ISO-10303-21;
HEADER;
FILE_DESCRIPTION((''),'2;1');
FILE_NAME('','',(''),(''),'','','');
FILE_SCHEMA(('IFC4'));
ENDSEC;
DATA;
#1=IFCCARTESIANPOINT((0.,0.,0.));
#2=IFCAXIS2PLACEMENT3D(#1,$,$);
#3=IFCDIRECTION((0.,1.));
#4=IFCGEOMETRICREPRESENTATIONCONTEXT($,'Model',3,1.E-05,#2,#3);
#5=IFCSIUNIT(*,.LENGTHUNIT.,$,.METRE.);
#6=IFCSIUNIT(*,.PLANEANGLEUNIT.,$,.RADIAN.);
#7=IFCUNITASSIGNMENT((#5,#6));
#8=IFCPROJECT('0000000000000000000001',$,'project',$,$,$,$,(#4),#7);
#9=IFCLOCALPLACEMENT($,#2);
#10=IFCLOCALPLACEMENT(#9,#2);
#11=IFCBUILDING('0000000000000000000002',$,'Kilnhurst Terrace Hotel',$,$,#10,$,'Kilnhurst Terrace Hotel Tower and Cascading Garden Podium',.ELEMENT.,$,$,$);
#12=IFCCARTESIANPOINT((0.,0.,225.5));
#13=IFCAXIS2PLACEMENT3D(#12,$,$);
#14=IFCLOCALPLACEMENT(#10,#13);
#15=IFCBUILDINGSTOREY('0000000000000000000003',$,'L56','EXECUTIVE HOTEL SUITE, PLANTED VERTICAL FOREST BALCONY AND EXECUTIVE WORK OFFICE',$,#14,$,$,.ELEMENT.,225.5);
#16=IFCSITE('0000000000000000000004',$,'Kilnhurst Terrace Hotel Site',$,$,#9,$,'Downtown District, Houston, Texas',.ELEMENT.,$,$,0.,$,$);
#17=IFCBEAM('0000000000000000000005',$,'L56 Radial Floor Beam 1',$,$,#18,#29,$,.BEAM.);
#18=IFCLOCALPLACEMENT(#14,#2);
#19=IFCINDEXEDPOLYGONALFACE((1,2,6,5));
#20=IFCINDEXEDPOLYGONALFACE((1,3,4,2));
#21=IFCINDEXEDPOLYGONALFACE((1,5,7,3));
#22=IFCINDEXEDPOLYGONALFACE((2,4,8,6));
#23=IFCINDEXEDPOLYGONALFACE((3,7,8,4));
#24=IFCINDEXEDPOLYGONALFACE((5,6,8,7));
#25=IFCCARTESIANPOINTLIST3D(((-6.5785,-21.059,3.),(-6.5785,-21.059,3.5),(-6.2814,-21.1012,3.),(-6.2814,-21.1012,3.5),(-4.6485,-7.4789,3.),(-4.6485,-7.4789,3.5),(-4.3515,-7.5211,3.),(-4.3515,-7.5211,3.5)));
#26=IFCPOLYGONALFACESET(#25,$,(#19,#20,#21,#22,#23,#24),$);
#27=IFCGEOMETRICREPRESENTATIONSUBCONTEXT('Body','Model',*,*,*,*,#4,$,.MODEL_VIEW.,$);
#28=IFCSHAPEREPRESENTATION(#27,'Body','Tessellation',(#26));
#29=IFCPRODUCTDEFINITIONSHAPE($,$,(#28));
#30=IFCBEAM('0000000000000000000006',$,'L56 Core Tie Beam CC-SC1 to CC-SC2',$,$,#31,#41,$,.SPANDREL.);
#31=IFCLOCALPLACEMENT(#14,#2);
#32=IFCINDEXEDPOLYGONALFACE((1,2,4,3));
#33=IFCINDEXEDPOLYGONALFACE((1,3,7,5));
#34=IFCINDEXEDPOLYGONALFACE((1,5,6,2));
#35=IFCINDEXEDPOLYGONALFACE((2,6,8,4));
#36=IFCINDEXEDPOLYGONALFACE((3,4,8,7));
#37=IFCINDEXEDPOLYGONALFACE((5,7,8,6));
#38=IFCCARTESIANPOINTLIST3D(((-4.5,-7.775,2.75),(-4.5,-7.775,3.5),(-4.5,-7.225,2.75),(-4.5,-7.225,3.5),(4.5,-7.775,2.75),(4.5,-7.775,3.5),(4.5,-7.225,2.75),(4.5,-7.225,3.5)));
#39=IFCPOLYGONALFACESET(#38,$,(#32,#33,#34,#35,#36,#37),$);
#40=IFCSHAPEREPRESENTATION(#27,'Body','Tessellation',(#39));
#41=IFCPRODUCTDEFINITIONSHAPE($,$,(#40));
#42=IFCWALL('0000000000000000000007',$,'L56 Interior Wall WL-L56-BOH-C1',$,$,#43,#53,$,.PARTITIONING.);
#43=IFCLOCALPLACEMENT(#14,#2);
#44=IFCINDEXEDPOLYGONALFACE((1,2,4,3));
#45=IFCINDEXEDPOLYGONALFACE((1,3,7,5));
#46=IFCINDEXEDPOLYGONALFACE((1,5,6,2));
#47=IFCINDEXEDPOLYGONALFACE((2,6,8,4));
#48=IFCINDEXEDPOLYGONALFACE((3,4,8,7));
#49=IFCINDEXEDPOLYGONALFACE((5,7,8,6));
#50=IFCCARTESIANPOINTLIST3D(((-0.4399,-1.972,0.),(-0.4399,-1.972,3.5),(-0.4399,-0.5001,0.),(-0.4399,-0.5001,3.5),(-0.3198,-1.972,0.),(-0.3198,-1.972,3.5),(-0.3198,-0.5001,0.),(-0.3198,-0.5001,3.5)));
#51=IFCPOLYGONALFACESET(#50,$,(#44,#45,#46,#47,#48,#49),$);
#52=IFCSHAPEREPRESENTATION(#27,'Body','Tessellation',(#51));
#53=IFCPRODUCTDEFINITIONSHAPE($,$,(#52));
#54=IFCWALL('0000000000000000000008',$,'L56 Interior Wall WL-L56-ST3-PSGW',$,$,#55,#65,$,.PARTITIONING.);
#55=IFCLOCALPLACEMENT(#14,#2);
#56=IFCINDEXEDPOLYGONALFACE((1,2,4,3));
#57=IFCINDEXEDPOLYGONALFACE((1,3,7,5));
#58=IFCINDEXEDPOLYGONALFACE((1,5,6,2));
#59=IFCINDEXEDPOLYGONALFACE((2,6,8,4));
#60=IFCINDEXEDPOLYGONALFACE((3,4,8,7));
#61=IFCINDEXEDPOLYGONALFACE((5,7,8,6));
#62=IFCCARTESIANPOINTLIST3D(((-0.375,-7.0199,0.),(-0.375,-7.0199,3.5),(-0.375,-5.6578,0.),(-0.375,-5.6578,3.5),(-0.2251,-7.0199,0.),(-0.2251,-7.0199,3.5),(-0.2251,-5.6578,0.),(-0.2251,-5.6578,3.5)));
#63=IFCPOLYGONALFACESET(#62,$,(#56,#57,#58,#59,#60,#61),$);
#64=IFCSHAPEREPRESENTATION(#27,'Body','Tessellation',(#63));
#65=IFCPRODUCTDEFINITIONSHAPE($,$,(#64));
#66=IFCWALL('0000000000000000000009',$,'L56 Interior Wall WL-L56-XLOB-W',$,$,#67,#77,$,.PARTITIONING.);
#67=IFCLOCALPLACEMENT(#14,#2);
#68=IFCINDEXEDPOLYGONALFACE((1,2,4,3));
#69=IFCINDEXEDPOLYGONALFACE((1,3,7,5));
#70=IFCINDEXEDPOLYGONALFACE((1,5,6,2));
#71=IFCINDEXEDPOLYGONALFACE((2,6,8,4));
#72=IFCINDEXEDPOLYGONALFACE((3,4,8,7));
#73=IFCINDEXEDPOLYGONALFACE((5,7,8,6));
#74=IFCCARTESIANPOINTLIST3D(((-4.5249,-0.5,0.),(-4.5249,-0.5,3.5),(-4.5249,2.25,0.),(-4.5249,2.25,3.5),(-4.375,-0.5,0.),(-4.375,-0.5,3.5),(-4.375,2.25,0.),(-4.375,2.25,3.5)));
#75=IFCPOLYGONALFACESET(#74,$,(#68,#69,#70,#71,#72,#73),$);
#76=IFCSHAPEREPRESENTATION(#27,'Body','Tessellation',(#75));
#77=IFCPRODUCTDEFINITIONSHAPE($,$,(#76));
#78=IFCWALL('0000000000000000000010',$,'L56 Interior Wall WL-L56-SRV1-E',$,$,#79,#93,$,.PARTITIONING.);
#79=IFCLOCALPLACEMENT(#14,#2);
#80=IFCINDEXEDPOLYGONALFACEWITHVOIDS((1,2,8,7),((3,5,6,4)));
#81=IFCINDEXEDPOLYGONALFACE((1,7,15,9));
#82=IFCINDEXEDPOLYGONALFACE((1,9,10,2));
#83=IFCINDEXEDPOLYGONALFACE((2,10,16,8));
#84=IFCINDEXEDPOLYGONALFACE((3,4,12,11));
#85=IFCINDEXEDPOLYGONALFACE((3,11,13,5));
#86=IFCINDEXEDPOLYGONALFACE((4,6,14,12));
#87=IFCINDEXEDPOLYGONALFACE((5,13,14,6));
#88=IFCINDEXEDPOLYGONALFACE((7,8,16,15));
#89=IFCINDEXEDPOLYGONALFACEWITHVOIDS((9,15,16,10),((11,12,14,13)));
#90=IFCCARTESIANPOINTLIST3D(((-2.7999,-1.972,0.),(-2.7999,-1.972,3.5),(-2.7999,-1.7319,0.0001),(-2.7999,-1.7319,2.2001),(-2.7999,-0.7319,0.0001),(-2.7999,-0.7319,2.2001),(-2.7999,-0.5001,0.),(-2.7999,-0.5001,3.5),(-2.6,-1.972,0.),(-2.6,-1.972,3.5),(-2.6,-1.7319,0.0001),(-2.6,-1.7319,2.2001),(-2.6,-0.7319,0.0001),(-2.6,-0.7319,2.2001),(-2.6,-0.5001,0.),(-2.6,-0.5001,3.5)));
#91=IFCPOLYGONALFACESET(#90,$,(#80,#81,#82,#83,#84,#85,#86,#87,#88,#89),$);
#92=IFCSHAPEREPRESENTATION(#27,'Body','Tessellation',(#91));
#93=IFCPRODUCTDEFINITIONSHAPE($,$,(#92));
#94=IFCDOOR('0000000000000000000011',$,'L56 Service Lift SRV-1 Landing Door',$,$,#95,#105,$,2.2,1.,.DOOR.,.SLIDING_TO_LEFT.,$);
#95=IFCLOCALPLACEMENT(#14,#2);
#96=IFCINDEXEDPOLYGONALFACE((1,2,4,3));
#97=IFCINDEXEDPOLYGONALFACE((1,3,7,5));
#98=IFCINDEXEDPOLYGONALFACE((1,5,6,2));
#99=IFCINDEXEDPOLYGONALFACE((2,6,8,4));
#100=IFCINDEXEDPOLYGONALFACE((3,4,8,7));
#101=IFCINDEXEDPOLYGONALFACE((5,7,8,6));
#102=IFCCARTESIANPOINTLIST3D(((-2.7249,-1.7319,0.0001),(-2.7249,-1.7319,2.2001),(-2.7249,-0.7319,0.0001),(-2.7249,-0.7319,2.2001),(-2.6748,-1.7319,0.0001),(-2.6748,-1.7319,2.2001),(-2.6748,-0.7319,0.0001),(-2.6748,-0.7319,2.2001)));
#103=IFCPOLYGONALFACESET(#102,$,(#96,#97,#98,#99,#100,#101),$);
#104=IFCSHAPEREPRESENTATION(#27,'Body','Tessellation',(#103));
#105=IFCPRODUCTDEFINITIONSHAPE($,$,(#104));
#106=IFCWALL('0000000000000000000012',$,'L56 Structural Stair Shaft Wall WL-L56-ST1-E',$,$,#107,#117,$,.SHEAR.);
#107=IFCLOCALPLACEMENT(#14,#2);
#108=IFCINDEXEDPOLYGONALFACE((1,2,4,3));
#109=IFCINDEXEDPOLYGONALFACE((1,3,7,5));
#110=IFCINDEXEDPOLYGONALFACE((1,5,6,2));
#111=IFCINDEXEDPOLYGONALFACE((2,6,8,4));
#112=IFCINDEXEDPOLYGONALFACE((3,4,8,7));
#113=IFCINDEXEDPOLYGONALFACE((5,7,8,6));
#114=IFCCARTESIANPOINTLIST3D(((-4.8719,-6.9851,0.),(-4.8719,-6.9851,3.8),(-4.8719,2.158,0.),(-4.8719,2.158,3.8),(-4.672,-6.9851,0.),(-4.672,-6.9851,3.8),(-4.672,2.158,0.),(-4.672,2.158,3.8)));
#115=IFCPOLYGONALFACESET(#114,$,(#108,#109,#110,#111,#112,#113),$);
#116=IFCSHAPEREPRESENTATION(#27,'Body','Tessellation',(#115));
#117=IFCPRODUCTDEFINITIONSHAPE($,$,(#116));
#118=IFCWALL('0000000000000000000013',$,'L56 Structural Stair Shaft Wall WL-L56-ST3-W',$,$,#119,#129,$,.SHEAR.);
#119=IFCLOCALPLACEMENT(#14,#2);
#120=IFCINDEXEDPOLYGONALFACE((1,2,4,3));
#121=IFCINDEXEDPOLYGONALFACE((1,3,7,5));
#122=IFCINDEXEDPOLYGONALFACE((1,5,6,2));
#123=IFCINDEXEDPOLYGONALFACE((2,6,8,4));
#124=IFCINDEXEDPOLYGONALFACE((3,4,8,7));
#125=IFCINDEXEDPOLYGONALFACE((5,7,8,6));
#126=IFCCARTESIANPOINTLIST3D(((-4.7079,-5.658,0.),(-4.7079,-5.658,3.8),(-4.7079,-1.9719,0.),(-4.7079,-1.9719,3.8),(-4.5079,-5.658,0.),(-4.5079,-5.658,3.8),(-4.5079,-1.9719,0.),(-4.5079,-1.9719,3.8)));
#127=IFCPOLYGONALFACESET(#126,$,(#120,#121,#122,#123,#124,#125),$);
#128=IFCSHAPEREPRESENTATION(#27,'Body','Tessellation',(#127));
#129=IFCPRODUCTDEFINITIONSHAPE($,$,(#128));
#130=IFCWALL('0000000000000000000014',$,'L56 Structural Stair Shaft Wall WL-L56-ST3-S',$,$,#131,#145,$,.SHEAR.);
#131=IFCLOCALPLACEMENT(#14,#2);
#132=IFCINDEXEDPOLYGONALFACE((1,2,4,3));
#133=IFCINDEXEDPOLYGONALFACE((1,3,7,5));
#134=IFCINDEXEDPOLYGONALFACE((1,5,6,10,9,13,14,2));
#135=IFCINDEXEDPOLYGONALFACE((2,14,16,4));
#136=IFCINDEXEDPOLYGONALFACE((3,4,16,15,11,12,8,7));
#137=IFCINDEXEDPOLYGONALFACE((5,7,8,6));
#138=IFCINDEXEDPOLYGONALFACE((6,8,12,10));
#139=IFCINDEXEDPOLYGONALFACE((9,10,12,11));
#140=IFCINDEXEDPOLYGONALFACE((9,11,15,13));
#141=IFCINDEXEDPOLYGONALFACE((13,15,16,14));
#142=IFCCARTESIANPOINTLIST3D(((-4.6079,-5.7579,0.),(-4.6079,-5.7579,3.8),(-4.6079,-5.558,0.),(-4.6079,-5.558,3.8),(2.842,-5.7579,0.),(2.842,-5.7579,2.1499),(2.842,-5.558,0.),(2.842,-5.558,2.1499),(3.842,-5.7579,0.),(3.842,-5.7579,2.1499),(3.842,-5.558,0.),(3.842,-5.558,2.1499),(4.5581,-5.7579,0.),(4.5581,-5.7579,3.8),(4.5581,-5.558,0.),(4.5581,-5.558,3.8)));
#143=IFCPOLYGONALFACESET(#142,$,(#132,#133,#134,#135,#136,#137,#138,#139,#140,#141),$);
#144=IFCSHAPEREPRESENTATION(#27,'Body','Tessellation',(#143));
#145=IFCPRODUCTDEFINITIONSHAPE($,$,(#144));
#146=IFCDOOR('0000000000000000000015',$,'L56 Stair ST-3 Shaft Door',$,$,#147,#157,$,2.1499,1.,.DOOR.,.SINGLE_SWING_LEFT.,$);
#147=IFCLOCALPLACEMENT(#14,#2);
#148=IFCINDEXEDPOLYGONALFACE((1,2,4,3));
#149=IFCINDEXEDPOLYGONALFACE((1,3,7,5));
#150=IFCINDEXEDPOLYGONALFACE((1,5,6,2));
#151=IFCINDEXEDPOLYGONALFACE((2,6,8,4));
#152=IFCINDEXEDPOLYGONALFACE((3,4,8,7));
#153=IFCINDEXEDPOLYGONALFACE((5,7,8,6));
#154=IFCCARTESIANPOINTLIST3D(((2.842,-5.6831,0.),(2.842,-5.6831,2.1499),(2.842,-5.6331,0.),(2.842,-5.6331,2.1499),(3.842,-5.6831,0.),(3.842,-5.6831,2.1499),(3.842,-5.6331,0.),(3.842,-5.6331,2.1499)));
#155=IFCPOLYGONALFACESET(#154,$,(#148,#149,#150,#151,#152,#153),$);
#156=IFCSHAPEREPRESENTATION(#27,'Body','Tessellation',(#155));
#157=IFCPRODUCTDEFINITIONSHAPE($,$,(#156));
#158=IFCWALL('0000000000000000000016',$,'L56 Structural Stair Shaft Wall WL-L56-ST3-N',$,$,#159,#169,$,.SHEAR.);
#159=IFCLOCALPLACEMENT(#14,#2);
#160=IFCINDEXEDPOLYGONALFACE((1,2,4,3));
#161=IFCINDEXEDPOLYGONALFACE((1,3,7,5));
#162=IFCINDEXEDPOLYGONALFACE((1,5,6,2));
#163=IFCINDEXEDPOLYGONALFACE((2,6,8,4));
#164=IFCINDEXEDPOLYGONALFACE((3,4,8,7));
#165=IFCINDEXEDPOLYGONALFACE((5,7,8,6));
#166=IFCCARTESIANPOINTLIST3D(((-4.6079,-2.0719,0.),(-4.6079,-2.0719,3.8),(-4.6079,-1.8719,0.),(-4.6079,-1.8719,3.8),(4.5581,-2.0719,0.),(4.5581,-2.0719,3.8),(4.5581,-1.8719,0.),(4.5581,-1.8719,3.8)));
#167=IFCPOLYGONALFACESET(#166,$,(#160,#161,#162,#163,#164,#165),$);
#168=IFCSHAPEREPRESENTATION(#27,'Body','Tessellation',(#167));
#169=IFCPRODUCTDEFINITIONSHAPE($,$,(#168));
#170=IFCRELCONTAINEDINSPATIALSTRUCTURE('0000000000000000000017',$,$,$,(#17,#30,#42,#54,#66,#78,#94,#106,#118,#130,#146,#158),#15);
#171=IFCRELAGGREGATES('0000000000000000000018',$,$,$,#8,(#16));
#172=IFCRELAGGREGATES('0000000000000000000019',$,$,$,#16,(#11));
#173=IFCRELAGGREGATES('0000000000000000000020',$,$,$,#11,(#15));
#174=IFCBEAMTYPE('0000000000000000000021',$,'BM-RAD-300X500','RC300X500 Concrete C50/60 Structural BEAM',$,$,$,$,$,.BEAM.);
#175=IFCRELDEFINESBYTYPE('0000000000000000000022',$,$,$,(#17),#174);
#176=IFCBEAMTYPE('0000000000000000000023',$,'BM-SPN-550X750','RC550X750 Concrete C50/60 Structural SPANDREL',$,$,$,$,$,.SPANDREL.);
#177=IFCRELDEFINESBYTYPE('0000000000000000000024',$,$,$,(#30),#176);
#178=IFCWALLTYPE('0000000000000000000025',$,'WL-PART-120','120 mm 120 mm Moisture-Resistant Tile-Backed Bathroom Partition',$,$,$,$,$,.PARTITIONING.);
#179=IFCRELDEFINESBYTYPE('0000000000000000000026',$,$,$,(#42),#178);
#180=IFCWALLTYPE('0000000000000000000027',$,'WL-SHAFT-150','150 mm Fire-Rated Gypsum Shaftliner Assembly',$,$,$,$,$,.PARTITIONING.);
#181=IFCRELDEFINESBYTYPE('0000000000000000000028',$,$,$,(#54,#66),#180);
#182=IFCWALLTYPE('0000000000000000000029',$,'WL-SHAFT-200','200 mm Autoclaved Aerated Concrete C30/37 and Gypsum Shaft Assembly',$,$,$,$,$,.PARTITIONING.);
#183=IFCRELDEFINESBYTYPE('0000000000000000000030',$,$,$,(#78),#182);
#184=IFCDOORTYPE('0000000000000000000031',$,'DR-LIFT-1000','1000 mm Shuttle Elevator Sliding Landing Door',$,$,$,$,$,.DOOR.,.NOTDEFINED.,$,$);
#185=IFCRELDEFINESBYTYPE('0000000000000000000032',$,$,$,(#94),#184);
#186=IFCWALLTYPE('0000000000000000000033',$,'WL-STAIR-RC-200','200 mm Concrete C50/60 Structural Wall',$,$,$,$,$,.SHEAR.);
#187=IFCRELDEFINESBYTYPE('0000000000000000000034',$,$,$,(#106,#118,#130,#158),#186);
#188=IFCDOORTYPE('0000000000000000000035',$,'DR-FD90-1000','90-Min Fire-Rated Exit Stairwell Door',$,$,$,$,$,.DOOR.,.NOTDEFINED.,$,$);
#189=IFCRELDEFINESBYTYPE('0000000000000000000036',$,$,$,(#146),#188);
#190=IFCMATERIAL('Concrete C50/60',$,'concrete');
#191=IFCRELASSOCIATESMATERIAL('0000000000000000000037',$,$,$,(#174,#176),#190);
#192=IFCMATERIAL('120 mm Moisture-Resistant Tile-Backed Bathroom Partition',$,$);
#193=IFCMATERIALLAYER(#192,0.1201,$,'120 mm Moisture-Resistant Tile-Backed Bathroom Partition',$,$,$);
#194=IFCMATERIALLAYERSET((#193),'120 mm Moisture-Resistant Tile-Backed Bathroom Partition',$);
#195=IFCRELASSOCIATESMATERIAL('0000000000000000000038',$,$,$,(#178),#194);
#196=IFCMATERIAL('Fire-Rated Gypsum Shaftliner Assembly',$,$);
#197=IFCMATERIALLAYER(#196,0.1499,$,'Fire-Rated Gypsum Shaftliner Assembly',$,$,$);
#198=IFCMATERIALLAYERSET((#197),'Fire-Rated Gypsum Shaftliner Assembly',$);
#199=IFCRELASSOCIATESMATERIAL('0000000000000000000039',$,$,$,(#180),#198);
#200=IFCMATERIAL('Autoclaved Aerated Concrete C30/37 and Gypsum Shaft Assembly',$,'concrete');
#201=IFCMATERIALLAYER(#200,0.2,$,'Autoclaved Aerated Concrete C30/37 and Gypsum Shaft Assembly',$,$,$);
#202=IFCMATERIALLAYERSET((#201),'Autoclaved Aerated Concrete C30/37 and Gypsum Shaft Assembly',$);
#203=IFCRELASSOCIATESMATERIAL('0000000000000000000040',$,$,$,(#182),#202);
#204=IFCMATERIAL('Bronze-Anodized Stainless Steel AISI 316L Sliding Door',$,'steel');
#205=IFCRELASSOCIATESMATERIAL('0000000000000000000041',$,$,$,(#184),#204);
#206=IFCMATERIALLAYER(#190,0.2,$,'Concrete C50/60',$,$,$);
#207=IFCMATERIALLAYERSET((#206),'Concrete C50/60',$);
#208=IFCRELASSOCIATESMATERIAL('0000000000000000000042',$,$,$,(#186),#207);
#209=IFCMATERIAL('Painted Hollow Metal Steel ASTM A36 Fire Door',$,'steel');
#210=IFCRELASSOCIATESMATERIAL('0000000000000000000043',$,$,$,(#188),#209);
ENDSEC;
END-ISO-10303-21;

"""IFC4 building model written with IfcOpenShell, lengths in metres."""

from ifc_helpers import new_model, si_unit, direction, frame, frame_2d, origin, origin_2d, place, context, subcontext, project, spatial, rectangle, extrude, material, layer, layer_set, material_profile, profile_set, type_object, element, fill, save


model = new_model("IFC4")

# Units and contexts
model_context = context("Model", 3, precision=1e-05, world=origin(), true_north=direction((0.0, 1.0)))
body_context = subcontext(model_context, "Body", "Model", "MODEL_VIEW")
ifc_project = project(units=[si_unit("LENGTHUNIT", "METRE"), si_unit("PLANEANGLEUNIT", "RADIAN")], contexts=[model_context])

# Site, building, storey
site_placement = place(None, origin())
site = spatial("IfcSite", under=ifc_project, at=site_placement, Name="Kilnhurst Terrace Hotel Site", LongName="Downtown District, Houston, Texas", CompositionType="ELEMENT", RefElevation=0.0)
building_placement = place(site_placement, origin())
building = spatial("IfcBuilding", under=site, at=building_placement, Name="Kilnhurst Terrace Hotel", LongName="Kilnhurst Terrace Hotel Tower and Cascading Garden Podium", CompositionType="ELEMENT")
storey_placement = place(building_placement, frame((0.0, 0.0, 225.5)))
storey = spatial("IfcBuildingStorey", under=building, at=storey_placement, Name="L56", Description="EXECUTIVE HOTEL SUITE, PLANTED VERTICAL FOREST BALCONY AND EXECUTIVE WORK OFFICE", CompositionType="ELEMENT", Elevation=225.5)

# Beams
ifc_material_1 = material(Name="Concrete C50/60", Category="concrete")
ifc_material_profile_1 = material_profile(ifc_material_1, rectangle(XDim=0.3, YDim=0.5, at=origin_2d()), Name="RC300X500")
ifc_profile_set_1 = profile_set([ifc_material_profile_1], Name="Concrete C50/60")
beam_type_1 = type_object("IfcBeamType", Name="BM-RAD-300X500", Description="RC300X500 Concrete C50/60 Structural BEAM", PredefinedType="BEAM", material=ifc_profile_set_1)
beam_1_placement = place(storey_placement, frame((-4.5, -7.5, 3.25), z_axis=(-0.140701, -0.990052, 0.0), x_axis=(0.990052, -0.140701, 0.0)))
element("IfcBeam", 1, at=beam_1_placement, inside=storey, type_object=beam_type_1, Name="L56 Radial Floor Beam 1", PredefinedType="BEAM", context=body_context, shape_type="SweptSolid", body=[
    extrude(rectangle(XDim=0.3, YDim=0.5, at=origin_2d()), origin(), (0.0, 0.0, 1.0), 13.7166),
])
ifc_material_profile_2 = material_profile(ifc_material_1, rectangle(XDim=0.55, YDim=0.75, at=origin_2d()), Name="RC550X750")
ifc_profile_set_2 = profile_set([ifc_material_profile_2], Name="Concrete C50/60")
beam_type_2 = type_object("IfcBeamType", Name="BM-SPN-550X750", Description="RC550X750 Concrete C50/60 Structural SPANDREL", PredefinedType="SPANDREL", material=ifc_profile_set_2)
beam_2_placement = place(storey_placement, frame((-4.5, -7.5, 3.125), z_axis=(1.0, 0.0, 0.0), x_axis=(0.0, 1.0, 0.0)))
element("IfcBeam", 2, at=beam_2_placement, inside=storey, type_object=beam_type_2, Name="L56 Core Tie Beam CC-SC1 to CC-SC2", PredefinedType="SPANDREL", context=body_context, shape_type="SweptSolid", body=[
    extrude(rectangle(XDim=0.55, YDim=0.75, at=origin_2d()), origin(), (0.0, 0.0, 1.0), 9.0),
])

# Walls
ifc_material_2 = material(Name="120 mm Moisture-Resistant Tile-Backed Bathroom Partition")
ifc_layer_1 = layer(ifc_material_2, 0.1201, Name="120 mm Moisture-Resistant Tile-Backed Bathroom Partition")
ifc_layer_set_1 = layer_set([ifc_layer_1], Name="120 mm Moisture-Resistant Tile-Backed Bathroom Partition")
wall_type_1 = type_object("IfcWallType", Name="WL-PART-120", Description="120 mm 120 mm Moisture-Resistant Tile-Backed Bathroom Partition", PredefinedType="PARTITIONING", material=ifc_layer_set_1)
wall_1_placement = place(storey_placement, frame((-0.3799, -1.9719, 0.0), z_axis=(0.0, 0.0, 1.0), x_axis=(0.0, 1.0, 0.0)))
element("IfcWall", 3, at=wall_1_placement, inside=storey, type_object=wall_type_1, Name="L56 Interior Wall WL-L56-BOH-C1", PredefinedType="PARTITIONING", context=body_context, shape_type="SweptSolid", body=[
    extrude(rectangle(XDim=1.4719, YDim=0.1201, at=frame_2d((0.7358, 0.0))), origin(), (0.0, 0.0, 1.0), 3.5),
])
ifc_material_3 = material(Name="Fire-Rated Gypsum Shaftliner Assembly")
ifc_layer_2 = layer(ifc_material_3, 0.1499, Name="Fire-Rated Gypsum Shaftliner Assembly")
ifc_layer_set_2 = layer_set([ifc_layer_2], Name="Fire-Rated Gypsum Shaftliner Assembly")
wall_type_2 = type_object("IfcWallType", Name="WL-SHAFT-150", Description="150 mm Fire-Rated Gypsum Shaftliner Assembly", PredefinedType="PARTITIONING", material=ifc_layer_set_2)
wall_2_placement = place(storey_placement, frame((-0.3, -7.02, 0.0), z_axis=(0.0, 0.0, 1.0), x_axis=(0.0, 1.0, 0.0)))
element("IfcWall", 4, at=wall_2_placement, inside=storey, type_object=wall_type_2, Name="L56 Interior Wall WL-L56-ST3-PSGW", PredefinedType="PARTITIONING", context=body_context, shape_type="SweptSolid", body=[
    extrude(rectangle(XDim=1.3621, YDim=0.1499, at=frame_2d((0.6812, 0.0))), origin(), (0.0, 0.0, 1.0), 3.5),
])
wall_3_placement = place(storey_placement, frame((-4.45, -0.5, 0.0), z_axis=(0.0, 0.0, 1.0), x_axis=(0.0, 1.0, 0.0)))
element("IfcWall", 5, at=wall_3_placement, inside=storey, type_object=wall_type_2, Name="L56 Interior Wall WL-L56-XLOB-W", PredefinedType="PARTITIONING", context=body_context, shape_type="SweptSolid", body=[
    extrude(rectangle(XDim=2.75, YDim=0.1499, at=frame_2d((1.375, 0.0))), origin(), (0.0, 0.0, 1.0), 3.5),
])

# Wall, opening, door
ifc_material_4 = material(Name="Autoclaved Aerated Concrete C30/37 and Gypsum Shaft Assembly", Category="concrete")
ifc_layer_3 = layer(ifc_material_4, 0.2, Name="Autoclaved Aerated Concrete C30/37 and Gypsum Shaft Assembly")
ifc_layer_set_3 = layer_set([ifc_layer_3], Name="Autoclaved Aerated Concrete C30/37 and Gypsum Shaft Assembly")
wall_type_3 = type_object("IfcWallType", Name="WL-SHAFT-200", Description="200 mm Autoclaved Aerated Concrete C30/37 and Gypsum Shaft Assembly", PredefinedType="PARTITIONING", material=ifc_layer_set_3)
wall_4_placement = place(storey_placement, frame((-2.7, -1.9719, 0.0), z_axis=(0.0, 0.0, 1.0), x_axis=(0.0, 1.0, 0.0)))
wall_4 = element("IfcWall", 6, at=wall_4_placement, inside=storey, type_object=wall_type_3, Name="L56 Interior Wall WL-L56-SRV1-E", PredefinedType="PARTITIONING", context=body_context, shape_type="SweptSolid", body=[
    extrude(rectangle(XDim=1.4719, YDim=0.2, at=frame_2d((0.7358, 0.0))), origin(), (0.0, 0.0, 1.0), 3.5),
])
opening_1_placement = place(wall_4_placement, frame((0.24, 0.0, 0.0)))
opening_1 = element("IfcOpeningElement", 7, at=opening_1_placement, cuts=wall_4, PredefinedType="OPENING", context=body_context, shape_type="SweptSolid", body=[
    extrude(rectangle(XDim=1.0, YDim=2.2, at=frame_2d((0.5, 1.1001))), frame((0.0, 0.1099, 0.0), z_axis=(0.0, -1.0, 0.0), x_axis=(1.0, 0.0, 0.0)), (0.0, 0.0, 1.0), 0.22),
])
ifc_material_5 = material(Name="Bronze-Anodized Stainless Steel AISI 316L Sliding Door", Category="steel")
door_type_1 = type_object("IfcDoorType", Name="DR-LIFT-1000", Description="1000 mm Shuttle Elevator Sliding Landing Door", OperationType="NOTDEFINED", PredefinedType="DOOR", material=ifc_material_5)
door_1_placement = place(opening_1_placement, origin())
door_1 = element("IfcDoor", 8, at=door_1_placement, inside=storey, type_object=door_type_1, Name="L56 Service Lift SRV-1 Landing Door", OperationType="SLIDING_TO_LEFT", OverallHeight=2.2, OverallWidth=1.0, PredefinedType="DOOR", context=body_context, shape_type="SweptSolid", body=[
    extrude(rectangle(XDim=1.0, YDim=2.2, at=frame_2d((0.5, 1.1001))), frame((0.0, 0.0249, 0.0), z_axis=(0.0, -1.0, 0.0), x_axis=(1.0, 0.0, 0.0)), (0.0, 0.0, 1.0), 0.05),
])
fill(opening_1, door_1)

# Walls
ifc_layer_4 = layer(ifc_material_1, 0.2, Name="Concrete C50/60")
ifc_layer_set_4 = layer_set([ifc_layer_4], Name="Concrete C50/60")
wall_type_4 = type_object("IfcWallType", Name="WL-STAIR-RC-200", Description="200 mm Concrete C50/60 Structural Wall", PredefinedType="SHEAR", material=ifc_layer_set_4)
wall_5_placement = place(storey_placement, frame((-4.772, -6.9851, 0.0), z_axis=(0.0, 0.0, 1.0), x_axis=(0.0, 1.0, 0.0)))
element("IfcWall", 9, at=wall_5_placement, inside=storey, type_object=wall_type_4, Name="L56 Structural Stair Shaft Wall WL-L56-ST1-E", PredefinedType="SHEAR", context=body_context, shape_type="SweptSolid", body=[
    extrude(rectangle(XDim=9.1431, YDim=0.2, at=frame_2d((4.5715, 0.0))), origin(), (0.0, 0.0, 1.0), 3.8),
])
wall_6_placement = place(storey_placement, frame((-4.6079, -5.658, 0.0), z_axis=(0.0, 0.0, 1.0), x_axis=(0.0, 1.0, 0.0)))
element("IfcWall", 10, at=wall_6_placement, inside=storey, type_object=wall_type_4, Name="L56 Structural Stair Shaft Wall WL-L56-ST3-W", PredefinedType="SHEAR", context=body_context, shape_type="SweptSolid", body=[
    extrude(rectangle(XDim=3.686, YDim=0.2, at=frame_2d((1.843, 0.0))), origin(), (0.0, 0.0, 1.0), 3.8),
])

# Wall, opening, door
wall_7_placement = place(storey_placement, frame((-4.6079, -5.658, 0.0), z_axis=(0.0, 0.0, 1.0), x_axis=(1.0, 0.0, 0.0)))
wall_7 = element("IfcWall", 11, at=wall_7_placement, inside=storey, type_object=wall_type_4, Name="L56 Structural Stair Shaft Wall WL-L56-ST3-S", PredefinedType="SHEAR", context=body_context, shape_type="SweptSolid", body=[
    extrude(rectangle(XDim=9.166, YDim=0.2, at=frame_2d((4.583, 0.0))), origin(), (0.0, 0.0, 1.0), 3.8),
])
opening_2_placement = place(wall_7_placement, frame((7.45, 0.0, 0.0)))
opening_2 = element("IfcOpeningElement", 12, at=opening_2_placement, cuts=wall_7, PredefinedType="OPENING", context=body_context, shape_type="SweptSolid", body=[
    extrude(rectangle(XDim=1.0, YDim=2.1499, at=frame_2d((0.5, 1.075))), frame((0.0, 0.1099, 0.0), z_axis=(0.0, -1.0, 0.0), x_axis=(1.0, 0.0, 0.0)), (0.0, 0.0, 1.0), 0.22),
])
ifc_material_6 = material(Name="Painted Hollow Metal Steel ASTM A36 Fire Door", Category="steel")
door_type_2 = type_object("IfcDoorType", Name="DR-FD90-1000", Description="90-Min Fire-Rated Exit Stairwell Door", OperationType="NOTDEFINED", PredefinedType="DOOR", material=ifc_material_6)
door_2_placement = place(opening_2_placement, origin())
door_2 = element("IfcDoor", 13, at=door_2_placement, inside=storey, type_object=door_type_2, Name="L56 Stair ST-3 Shaft Door", OperationType="SINGLE_SWING_LEFT", OverallHeight=2.1499, OverallWidth=1.0, PredefinedType="DOOR", context=body_context, shape_type="SweptSolid", body=[
    extrude(rectangle(XDim=1.0, YDim=2.1499, at=frame_2d((0.5, 1.075))), frame((0.0, 0.0249, 0.0), z_axis=(0.0, -1.0, 0.0), x_axis=(1.0, 0.0, 0.0)), (0.0, 0.0, 1.0), 0.05),
])
fill(opening_2, door_2)

# Wall
wall_8_placement = place(storey_placement, frame((-4.6079, -1.9719, 0.0), z_axis=(0.0, 0.0, 1.0), x_axis=(1.0, 0.0, 0.0)))
element("IfcWall", 14, at=wall_8_placement, inside=storey, type_object=wall_type_4, Name="L56 Structural Stair Shaft Wall WL-L56-ST3-N", PredefinedType="SHEAR", context=body_context, shape_type="SweptSolid", body=[
    extrude(rectangle(XDim=9.166, YDim=0.2, at=frame_2d((4.583, 0.0))), origin(), (0.0, 0.0, 1.0), 3.8),
])

save(model, "model.ifc")
